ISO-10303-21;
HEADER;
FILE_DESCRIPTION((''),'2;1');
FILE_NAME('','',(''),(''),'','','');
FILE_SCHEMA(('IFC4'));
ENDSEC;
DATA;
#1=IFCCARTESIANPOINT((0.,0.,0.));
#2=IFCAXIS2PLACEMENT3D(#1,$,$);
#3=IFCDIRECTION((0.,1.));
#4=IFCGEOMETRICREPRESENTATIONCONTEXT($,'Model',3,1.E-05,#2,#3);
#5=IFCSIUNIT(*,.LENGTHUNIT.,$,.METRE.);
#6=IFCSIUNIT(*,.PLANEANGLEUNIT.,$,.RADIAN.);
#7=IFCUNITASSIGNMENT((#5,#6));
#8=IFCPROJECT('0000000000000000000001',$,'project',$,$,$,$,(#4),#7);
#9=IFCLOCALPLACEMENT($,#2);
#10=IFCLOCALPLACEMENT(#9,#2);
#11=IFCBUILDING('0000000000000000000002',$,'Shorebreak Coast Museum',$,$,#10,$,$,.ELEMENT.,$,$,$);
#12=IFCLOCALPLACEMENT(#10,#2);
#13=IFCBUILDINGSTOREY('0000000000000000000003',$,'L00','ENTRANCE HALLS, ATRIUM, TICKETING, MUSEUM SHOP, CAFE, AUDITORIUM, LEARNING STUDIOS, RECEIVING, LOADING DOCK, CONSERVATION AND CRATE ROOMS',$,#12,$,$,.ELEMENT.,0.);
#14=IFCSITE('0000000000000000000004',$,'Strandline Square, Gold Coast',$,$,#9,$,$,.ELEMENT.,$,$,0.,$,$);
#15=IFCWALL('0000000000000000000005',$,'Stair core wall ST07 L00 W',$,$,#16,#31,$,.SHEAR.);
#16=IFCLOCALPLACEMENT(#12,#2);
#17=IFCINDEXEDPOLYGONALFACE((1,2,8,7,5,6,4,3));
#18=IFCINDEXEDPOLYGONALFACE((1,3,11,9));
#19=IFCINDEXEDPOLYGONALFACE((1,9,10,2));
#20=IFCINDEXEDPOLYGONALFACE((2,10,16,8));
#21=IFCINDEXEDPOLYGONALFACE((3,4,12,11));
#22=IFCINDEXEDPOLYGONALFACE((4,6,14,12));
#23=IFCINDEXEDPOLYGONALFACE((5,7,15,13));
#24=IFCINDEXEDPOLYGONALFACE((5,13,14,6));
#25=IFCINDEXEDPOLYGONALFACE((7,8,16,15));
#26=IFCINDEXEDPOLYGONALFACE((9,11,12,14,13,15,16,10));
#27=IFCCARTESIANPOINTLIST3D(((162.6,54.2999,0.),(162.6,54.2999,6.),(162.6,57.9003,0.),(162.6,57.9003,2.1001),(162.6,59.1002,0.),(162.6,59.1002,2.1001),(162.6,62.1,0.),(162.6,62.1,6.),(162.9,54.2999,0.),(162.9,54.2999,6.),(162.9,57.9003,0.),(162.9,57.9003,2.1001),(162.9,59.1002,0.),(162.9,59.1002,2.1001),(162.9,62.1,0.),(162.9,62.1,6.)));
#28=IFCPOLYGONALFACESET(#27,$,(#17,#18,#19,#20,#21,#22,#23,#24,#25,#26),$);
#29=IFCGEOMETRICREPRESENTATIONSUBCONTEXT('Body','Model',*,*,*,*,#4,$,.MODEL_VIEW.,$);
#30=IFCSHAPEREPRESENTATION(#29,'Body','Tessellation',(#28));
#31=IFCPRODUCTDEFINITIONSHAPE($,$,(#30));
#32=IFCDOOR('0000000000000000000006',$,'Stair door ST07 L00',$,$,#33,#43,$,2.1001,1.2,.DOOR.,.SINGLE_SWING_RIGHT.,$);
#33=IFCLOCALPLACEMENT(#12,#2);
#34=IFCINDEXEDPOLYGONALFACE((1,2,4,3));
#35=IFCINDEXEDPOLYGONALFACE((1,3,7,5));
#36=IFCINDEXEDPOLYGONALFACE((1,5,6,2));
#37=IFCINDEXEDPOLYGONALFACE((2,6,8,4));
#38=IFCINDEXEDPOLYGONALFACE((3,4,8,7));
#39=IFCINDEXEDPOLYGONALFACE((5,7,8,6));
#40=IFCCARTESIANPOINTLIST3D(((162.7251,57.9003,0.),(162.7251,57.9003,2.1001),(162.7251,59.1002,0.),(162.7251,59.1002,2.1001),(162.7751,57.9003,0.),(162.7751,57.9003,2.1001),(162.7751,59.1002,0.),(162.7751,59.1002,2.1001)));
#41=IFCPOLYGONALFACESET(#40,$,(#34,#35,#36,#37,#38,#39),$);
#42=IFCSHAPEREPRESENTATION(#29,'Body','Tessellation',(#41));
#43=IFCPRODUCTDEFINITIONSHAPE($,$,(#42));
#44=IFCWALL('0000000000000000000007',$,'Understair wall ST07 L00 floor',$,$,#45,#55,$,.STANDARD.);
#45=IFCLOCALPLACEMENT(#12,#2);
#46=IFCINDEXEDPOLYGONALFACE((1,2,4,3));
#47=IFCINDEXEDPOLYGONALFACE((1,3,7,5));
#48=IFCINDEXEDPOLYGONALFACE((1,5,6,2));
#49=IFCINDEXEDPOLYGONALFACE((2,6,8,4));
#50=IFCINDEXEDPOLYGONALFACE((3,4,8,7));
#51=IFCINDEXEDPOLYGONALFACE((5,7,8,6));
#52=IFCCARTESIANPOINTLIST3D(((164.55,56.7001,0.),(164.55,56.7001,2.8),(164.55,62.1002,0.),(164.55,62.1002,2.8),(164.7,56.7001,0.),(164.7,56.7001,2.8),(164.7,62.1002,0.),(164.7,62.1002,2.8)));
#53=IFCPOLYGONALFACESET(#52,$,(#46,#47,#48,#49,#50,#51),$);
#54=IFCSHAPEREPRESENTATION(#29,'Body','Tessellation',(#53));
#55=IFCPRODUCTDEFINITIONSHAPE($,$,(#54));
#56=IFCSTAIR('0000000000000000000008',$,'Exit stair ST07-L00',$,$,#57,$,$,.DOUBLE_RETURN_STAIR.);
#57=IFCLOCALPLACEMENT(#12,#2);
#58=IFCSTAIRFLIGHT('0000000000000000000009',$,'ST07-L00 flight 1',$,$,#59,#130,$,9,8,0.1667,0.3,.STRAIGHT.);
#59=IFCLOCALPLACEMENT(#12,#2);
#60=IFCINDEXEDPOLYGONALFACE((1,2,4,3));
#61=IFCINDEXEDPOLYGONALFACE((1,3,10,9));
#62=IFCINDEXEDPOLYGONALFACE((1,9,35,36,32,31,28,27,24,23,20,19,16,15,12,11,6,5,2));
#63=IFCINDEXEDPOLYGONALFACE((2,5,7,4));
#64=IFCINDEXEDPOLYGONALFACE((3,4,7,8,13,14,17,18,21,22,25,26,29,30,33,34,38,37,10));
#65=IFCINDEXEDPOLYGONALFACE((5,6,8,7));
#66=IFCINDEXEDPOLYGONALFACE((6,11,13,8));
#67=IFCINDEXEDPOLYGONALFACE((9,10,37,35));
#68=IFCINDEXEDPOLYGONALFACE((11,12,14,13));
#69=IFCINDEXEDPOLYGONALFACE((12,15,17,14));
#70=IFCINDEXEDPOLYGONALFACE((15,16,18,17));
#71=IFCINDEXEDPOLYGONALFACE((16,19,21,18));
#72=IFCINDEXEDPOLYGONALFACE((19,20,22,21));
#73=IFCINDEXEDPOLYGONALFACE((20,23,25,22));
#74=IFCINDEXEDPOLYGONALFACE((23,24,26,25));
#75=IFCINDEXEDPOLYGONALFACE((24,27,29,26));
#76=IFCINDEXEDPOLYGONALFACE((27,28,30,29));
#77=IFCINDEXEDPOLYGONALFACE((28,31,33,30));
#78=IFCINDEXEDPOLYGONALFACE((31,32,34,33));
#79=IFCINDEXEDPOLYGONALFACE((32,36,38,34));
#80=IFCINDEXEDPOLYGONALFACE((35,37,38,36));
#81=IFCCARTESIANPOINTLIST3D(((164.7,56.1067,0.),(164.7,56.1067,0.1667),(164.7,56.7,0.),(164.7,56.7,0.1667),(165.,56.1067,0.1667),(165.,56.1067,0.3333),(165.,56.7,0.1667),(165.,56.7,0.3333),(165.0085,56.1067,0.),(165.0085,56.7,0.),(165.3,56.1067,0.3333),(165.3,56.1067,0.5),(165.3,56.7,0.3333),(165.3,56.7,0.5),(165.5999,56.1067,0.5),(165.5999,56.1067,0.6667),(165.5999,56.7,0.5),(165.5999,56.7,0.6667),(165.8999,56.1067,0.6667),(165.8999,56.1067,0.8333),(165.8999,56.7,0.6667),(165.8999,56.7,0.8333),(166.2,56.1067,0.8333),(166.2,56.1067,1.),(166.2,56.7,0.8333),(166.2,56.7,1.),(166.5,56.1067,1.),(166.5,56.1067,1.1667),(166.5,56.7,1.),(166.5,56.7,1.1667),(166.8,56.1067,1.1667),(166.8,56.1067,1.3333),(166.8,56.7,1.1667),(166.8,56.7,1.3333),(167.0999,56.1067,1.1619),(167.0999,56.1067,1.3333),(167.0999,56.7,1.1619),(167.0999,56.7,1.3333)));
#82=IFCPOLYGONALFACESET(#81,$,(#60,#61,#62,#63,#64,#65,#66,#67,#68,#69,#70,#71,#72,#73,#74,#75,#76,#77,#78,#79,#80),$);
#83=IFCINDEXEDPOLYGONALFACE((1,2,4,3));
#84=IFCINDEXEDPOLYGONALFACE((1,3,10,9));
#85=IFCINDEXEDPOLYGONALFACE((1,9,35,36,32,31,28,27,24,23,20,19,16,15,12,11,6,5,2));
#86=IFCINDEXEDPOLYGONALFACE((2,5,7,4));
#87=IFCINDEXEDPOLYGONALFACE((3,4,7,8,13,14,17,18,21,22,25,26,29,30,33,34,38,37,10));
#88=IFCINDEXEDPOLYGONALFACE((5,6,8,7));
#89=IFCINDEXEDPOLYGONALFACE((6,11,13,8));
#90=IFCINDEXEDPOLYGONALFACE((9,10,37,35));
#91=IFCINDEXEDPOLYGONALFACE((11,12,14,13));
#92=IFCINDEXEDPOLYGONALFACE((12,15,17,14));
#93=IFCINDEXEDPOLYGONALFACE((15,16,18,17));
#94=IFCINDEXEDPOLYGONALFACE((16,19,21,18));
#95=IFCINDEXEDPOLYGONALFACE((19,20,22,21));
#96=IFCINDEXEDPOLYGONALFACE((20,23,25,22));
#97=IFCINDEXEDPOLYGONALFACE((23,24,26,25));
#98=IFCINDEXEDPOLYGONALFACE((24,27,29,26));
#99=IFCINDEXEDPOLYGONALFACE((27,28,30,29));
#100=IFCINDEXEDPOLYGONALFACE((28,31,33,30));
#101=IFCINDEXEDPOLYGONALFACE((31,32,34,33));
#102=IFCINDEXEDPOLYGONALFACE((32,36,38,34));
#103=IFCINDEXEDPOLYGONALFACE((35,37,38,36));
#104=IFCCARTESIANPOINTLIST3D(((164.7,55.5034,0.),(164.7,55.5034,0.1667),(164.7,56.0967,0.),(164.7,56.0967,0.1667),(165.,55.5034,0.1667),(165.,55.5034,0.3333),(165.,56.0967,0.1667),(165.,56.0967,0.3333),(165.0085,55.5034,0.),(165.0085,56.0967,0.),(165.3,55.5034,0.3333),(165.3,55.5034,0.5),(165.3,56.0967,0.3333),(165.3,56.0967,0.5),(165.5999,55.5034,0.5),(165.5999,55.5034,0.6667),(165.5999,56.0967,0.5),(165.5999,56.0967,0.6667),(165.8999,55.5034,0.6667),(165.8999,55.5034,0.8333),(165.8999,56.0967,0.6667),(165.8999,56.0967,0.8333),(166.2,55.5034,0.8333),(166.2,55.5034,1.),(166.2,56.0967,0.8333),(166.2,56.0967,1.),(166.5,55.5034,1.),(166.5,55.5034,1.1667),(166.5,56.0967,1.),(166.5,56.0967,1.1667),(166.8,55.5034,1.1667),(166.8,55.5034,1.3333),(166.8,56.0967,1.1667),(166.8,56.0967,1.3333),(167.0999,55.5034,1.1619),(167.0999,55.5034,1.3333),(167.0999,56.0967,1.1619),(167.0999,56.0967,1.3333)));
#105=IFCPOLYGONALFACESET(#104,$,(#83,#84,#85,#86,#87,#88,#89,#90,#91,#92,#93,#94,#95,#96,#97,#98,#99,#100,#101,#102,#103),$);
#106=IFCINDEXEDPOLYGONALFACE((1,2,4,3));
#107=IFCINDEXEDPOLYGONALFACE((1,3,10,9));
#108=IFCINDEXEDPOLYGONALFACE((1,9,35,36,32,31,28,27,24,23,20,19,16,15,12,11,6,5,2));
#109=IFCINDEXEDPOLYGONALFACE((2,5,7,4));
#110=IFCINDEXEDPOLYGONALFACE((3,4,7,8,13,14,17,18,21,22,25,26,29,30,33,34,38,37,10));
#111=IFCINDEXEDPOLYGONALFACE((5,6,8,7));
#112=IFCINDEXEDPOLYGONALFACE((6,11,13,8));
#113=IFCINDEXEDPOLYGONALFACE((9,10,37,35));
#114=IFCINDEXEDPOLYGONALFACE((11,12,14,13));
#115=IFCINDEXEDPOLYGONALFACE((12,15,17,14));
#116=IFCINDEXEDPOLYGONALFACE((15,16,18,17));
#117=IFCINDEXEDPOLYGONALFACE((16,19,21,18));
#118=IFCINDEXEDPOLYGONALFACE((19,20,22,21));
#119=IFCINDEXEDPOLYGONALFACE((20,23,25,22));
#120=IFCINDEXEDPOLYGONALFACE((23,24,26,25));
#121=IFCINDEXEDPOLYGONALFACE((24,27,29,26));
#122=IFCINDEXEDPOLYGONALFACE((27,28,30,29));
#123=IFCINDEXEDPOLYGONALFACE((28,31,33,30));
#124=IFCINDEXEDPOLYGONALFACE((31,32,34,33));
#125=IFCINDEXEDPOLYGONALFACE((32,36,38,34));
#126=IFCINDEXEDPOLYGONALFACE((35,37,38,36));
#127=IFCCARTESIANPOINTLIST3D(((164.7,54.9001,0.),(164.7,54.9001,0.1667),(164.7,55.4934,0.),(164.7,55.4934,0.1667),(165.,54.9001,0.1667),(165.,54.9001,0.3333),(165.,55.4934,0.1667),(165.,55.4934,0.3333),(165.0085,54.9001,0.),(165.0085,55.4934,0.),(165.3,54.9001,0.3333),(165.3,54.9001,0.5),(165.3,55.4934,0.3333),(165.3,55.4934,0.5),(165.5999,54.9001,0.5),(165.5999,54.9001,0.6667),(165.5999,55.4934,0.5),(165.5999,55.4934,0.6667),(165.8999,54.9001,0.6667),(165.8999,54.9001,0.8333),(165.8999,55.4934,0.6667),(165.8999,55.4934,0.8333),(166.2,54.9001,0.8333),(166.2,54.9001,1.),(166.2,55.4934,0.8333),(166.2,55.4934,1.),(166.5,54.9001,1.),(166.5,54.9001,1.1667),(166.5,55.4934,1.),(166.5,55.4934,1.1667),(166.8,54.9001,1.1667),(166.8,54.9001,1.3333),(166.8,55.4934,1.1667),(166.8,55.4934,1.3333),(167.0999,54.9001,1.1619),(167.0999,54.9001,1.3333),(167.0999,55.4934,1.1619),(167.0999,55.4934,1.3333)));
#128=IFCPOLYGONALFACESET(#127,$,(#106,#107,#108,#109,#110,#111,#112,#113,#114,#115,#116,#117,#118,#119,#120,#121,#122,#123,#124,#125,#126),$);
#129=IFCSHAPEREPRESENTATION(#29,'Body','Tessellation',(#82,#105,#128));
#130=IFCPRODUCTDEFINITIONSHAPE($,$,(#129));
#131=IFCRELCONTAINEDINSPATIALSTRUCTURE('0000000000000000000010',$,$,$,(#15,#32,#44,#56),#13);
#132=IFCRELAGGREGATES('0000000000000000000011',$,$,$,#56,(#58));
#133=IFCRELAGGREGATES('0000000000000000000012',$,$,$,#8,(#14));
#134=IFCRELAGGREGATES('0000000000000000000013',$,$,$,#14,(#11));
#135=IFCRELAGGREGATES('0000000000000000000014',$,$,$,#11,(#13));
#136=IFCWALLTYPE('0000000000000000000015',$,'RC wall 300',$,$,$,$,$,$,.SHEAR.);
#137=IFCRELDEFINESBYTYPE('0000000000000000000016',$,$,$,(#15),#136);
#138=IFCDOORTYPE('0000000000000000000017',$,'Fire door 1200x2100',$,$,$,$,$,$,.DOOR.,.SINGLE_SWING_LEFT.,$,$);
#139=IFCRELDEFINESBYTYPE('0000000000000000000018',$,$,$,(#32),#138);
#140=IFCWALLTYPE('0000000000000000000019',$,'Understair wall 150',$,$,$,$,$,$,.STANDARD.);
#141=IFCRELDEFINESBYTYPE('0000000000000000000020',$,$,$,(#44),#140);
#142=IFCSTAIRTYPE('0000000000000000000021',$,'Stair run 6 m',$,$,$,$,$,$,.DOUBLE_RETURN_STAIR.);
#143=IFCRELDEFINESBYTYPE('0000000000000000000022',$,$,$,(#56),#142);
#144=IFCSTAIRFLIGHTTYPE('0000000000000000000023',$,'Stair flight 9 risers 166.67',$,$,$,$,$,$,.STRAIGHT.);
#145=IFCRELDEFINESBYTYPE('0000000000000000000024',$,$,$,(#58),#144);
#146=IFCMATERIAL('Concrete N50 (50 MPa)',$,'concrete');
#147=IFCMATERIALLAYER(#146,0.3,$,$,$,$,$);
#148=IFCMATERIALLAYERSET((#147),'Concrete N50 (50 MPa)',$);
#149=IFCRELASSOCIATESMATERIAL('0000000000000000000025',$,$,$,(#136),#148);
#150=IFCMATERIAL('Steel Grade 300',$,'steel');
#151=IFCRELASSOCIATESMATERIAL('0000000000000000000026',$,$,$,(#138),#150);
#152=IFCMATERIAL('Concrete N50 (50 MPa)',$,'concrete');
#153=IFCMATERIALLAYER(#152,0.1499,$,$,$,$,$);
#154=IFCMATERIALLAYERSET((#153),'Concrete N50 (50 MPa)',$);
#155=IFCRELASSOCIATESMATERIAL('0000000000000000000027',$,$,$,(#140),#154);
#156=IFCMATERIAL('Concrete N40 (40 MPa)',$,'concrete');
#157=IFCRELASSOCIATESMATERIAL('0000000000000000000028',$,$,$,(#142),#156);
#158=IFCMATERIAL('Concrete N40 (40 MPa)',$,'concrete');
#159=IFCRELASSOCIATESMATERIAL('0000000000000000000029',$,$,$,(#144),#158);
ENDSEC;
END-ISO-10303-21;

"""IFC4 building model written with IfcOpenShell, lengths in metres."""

from ifc_helpers import new_model, si_unit, direction, frame, frame_2d, origin, place, context, subcontext, project, spatial, polyline, rectangle, outline, extrude, material, layer, layer_set, type_object, element, fill, aggregate, save


model = new_model("IFC4")

# Units and contexts
model_context = context("Model", 3, precision=1e-05, world=origin(), true_north=direction((0.0, 1.0)))
body_context = subcontext(model_context, "Body", "Model", "MODEL_VIEW")
ifc_project = project(units=[si_unit("LENGTHUNIT", "METRE"), si_unit("PLANEANGLEUNIT", "RADIAN")], contexts=[model_context])

# Site, building, storey
site_placement = place(None, origin())
site = spatial("IfcSite", under=ifc_project, at=site_placement, Name="Strandline Square, Gold Coast", CompositionType="ELEMENT", RefElevation=0.0)
building_placement = place(site_placement, origin())
building = spatial("IfcBuilding", under=site, at=building_placement, Name="Shorebreak Coast Museum", CompositionType="ELEMENT")
storey_placement = place(building_placement, origin())
storey = spatial("IfcBuildingStorey", under=building, at=storey_placement, Name="L00", Description="ENTRANCE HALLS, ATRIUM, TICKETING, MUSEUM SHOP, CAFE, AUDITORIUM, LEARNING STUDIOS, RECEIVING, LOADING DOCK, CONSERVATION AND CRATE ROOMS", CompositionType="ELEMENT", Elevation=0.0)

# Shared definitions
ifc_material_1 = material(Name="Concrete N50 (50 MPa)", Category="concrete")
ifc_layer_1 = layer(ifc_material_1, 0.3)
ifc_layer_set_1 = layer_set([ifc_layer_1], Name="Concrete N50 (50 MPa)")
wall_type_1 = type_object("IfcWallType", Name="RC wall 300", PredefinedType="SHEAR", material=ifc_layer_set_1)

# Wall, opening, door
wall_1_placement = place(storey_placement, frame((162.75, 54.3, 0.0), z_axis=(0.0, 0.0, 1.0), x_axis=(0.0, 1.0, 0.0)))
wall_1 = element("IfcWall", 1, at=wall_1_placement, inside=storey, type_object=wall_type_1, Name="Stair core wall ST07 L00 W", PredefinedType="SHEAR", context=body_context, shape_type="SweptSolid", body=[
    extrude(rectangle(XDim=7.8, YDim=0.3, at=frame_2d((3.8999, 0.0))), origin(), (0.0, 0.0, 1.0), 6.0),
])
opening_1_placement = place(wall_1_placement, frame((3.6001, 0.0, 0.0)))
opening_1 = element("IfcOpeningElement", 2, at=opening_1_placement, cuts=wall_1, PredefinedType="OPENING", context=body_context, shape_type="SweptSolid", body=[
    extrude(rectangle(XDim=1.2, YDim=2.1001, at=frame_2d((0.6001, 1.05))), frame((0.0, 0.1599, 0.0), z_axis=(0.0, -1.0, 0.0), x_axis=(1.0, 0.0, 0.0)), (0.0, 0.0, 1.0), 0.3201),
])
ifc_material_2 = material(Name="Steel Grade 300", Category="steel")
door_type_1 = type_object("IfcDoorType", Name="Fire door 1200x2100", OperationType="SINGLE_SWING_LEFT", PredefinedType="DOOR", material=ifc_material_2)
door_1_placement = place(opening_1_placement, origin())
door_1 = element("IfcDoor", 3, at=door_1_placement, inside=storey, type_object=door_type_1, Name="Stair door ST07 L00", OperationType="SINGLE_SWING_RIGHT", OverallHeight=2.1001, OverallWidth=1.2, PredefinedType="DOOR", context=body_context, shape_type="SweptSolid", body=[
    extrude(rectangle(XDim=1.2, YDim=2.1001, at=frame_2d((0.6001, 1.05))), frame((0.0, 0.0249, 0.0), z_axis=(0.0, -1.0, 0.0), x_axis=(1.0, 0.0, 0.0)), (0.0, 0.0, 1.0), 0.05),
])
fill(opening_1, door_1)

# Wall
ifc_material_3 = material(Name="Concrete N50 (50 MPa)", Category="concrete")
ifc_layer_2 = layer(ifc_material_3, 0.1499)
ifc_layer_set_2 = layer_set([ifc_layer_2], Name="Concrete N50 (50 MPa)")
wall_type_2 = type_object("IfcWallType", Name="Understair wall 150", PredefinedType="STANDARD", material=ifc_layer_set_2)
wall_2_placement = place(storey_placement, frame((164.625, 56.7, 0.0), z_axis=(0.0, 0.0, 1.0), x_axis=(0.0, 1.0, 0.0)))
element("IfcWall", 4, at=wall_2_placement, inside=storey, type_object=wall_type_2, Name="Understair wall ST07 L00 floor", PredefinedType="STANDARD", context=body_context, shape_type="SweptSolid", body=[
    extrude(rectangle(XDim=5.4001, YDim=0.1499, at=frame_2d((2.7002, 0.0))), origin(), (0.0, 0.0, 1.0), 2.8),
])

# Stair, stair flight
ifc_material_4 = material(Name="Concrete N40 (40 MPa)", Category="concrete")
stair_type = type_object("IfcStairType", Name="Stair run 6 m", PredefinedType="DOUBLE_RETURN_STAIR", material=ifc_material_4)
stair_placement = place(storey_placement, origin())
stair = element("IfcStair", 5, at=stair_placement, inside=storey, type_object=stair_type, Name="Exit stair ST07-L00", PredefinedType="DOUBLE_RETURN_STAIR")
ifc_material_5 = material(Name="Concrete N40 (40 MPa)", Category="concrete")
stair_flight_type = type_object("IfcStairFlightType", Name="Stair flight 9 risers 166.67", PredefinedType="STRAIGHT", material=ifc_material_5)
stair_flight_1_placement = place(storey_placement, frame((164.7, 55.8, 0.0), z_axis=(0.0, 0.0, 1.0), x_axis=(1.0, 0.0, 0.0)))
stair_flight_1 = element("IfcStairFlight", 6, at=stair_flight_1_placement, type_object=stair_flight_type, Name="ST07-L00 flight 1", NumberOfRisers=9, NumberOfTreads=8, PredefinedType="STRAIGHT", RiserHeight=0.1667, TreadLength=0.3, context=body_context, shape_type="SweptSolid", body=[
    extrude(outline(polyline([(0.0, 0.0), (0.0, 0.1667), (0.3, 0.1667), (0.3, 0.3333), (0.6001, 0.3333), (0.6001, 0.5), (0.8999, 0.5), (0.8999, 0.6667), (1.2, 0.6667), (1.2, 0.8333), (1.5, 0.8333), (1.5, 1.0), (1.8, 1.0), (1.8, 1.1667), (2.1001, 1.1667), (2.1001, 1.3333), (2.3999, 1.3333), (2.3999, 1.5), (2.3999, 1.1619), (0.3086, 0.0), (0.0, 0.0)])), frame((0.0, 0.8999, 0.0), z_axis=(0.0, -1.0, 0.0), x_axis=(1.0, 0.0, 0.0)), (0.0, 0.0, 1.0), 0.5933),
    extrude(outline(polyline([(0.0, 0.0), (0.0, 0.1667), (0.3, 0.1667), (0.3, 0.3333), (0.6001, 0.3333), (0.6001, 0.5), (0.8999, 0.5), (0.8999, 0.6667), (1.2, 0.6667), (1.2, 0.8333), (1.5, 0.8333), (1.5, 1.0), (1.8, 1.0), (1.8, 1.1667), (2.1001, 1.1667), (2.1001, 1.3333), (2.3999, 1.3333), (2.3999, 1.5), (2.3999, 1.1619), (0.3086, 0.0), (0.0, 0.0)])), frame((0.0, 0.2966, 0.0), z_axis=(0.0, -1.0, 0.0), x_axis=(1.0, 0.0, 0.0)), (0.0, 0.0, 1.0), 0.5933),
    extrude(outline(polyline([(0.0, 0.0), (0.0, 0.1667), (0.3, 0.1667), (0.3, 0.3333), (0.6001, 0.3333), (0.6001, 0.5), (0.8999, 0.5), (0.8999, 0.6667), (1.2, 0.6667), (1.2, 0.8333), (1.5, 0.8333), (1.5, 1.0), (1.8, 1.0), (1.8, 1.1667), (2.1001, 1.1667), (2.1001, 1.3333), (2.3999, 1.3333), (2.3999, 1.5), (2.3999, 1.1619), (0.3086, 0.0), (0.0, 0.0)])), frame((0.0, -0.3066, 0.0), z_axis=(0.0, -1.0, 0.0), x_axis=(1.0, 0.0, 0.0)), (0.0, 0.0, 1.0), 0.5933),
])
aggregate(stair, [stair_flight_1])

save(model, "model.ifc")
